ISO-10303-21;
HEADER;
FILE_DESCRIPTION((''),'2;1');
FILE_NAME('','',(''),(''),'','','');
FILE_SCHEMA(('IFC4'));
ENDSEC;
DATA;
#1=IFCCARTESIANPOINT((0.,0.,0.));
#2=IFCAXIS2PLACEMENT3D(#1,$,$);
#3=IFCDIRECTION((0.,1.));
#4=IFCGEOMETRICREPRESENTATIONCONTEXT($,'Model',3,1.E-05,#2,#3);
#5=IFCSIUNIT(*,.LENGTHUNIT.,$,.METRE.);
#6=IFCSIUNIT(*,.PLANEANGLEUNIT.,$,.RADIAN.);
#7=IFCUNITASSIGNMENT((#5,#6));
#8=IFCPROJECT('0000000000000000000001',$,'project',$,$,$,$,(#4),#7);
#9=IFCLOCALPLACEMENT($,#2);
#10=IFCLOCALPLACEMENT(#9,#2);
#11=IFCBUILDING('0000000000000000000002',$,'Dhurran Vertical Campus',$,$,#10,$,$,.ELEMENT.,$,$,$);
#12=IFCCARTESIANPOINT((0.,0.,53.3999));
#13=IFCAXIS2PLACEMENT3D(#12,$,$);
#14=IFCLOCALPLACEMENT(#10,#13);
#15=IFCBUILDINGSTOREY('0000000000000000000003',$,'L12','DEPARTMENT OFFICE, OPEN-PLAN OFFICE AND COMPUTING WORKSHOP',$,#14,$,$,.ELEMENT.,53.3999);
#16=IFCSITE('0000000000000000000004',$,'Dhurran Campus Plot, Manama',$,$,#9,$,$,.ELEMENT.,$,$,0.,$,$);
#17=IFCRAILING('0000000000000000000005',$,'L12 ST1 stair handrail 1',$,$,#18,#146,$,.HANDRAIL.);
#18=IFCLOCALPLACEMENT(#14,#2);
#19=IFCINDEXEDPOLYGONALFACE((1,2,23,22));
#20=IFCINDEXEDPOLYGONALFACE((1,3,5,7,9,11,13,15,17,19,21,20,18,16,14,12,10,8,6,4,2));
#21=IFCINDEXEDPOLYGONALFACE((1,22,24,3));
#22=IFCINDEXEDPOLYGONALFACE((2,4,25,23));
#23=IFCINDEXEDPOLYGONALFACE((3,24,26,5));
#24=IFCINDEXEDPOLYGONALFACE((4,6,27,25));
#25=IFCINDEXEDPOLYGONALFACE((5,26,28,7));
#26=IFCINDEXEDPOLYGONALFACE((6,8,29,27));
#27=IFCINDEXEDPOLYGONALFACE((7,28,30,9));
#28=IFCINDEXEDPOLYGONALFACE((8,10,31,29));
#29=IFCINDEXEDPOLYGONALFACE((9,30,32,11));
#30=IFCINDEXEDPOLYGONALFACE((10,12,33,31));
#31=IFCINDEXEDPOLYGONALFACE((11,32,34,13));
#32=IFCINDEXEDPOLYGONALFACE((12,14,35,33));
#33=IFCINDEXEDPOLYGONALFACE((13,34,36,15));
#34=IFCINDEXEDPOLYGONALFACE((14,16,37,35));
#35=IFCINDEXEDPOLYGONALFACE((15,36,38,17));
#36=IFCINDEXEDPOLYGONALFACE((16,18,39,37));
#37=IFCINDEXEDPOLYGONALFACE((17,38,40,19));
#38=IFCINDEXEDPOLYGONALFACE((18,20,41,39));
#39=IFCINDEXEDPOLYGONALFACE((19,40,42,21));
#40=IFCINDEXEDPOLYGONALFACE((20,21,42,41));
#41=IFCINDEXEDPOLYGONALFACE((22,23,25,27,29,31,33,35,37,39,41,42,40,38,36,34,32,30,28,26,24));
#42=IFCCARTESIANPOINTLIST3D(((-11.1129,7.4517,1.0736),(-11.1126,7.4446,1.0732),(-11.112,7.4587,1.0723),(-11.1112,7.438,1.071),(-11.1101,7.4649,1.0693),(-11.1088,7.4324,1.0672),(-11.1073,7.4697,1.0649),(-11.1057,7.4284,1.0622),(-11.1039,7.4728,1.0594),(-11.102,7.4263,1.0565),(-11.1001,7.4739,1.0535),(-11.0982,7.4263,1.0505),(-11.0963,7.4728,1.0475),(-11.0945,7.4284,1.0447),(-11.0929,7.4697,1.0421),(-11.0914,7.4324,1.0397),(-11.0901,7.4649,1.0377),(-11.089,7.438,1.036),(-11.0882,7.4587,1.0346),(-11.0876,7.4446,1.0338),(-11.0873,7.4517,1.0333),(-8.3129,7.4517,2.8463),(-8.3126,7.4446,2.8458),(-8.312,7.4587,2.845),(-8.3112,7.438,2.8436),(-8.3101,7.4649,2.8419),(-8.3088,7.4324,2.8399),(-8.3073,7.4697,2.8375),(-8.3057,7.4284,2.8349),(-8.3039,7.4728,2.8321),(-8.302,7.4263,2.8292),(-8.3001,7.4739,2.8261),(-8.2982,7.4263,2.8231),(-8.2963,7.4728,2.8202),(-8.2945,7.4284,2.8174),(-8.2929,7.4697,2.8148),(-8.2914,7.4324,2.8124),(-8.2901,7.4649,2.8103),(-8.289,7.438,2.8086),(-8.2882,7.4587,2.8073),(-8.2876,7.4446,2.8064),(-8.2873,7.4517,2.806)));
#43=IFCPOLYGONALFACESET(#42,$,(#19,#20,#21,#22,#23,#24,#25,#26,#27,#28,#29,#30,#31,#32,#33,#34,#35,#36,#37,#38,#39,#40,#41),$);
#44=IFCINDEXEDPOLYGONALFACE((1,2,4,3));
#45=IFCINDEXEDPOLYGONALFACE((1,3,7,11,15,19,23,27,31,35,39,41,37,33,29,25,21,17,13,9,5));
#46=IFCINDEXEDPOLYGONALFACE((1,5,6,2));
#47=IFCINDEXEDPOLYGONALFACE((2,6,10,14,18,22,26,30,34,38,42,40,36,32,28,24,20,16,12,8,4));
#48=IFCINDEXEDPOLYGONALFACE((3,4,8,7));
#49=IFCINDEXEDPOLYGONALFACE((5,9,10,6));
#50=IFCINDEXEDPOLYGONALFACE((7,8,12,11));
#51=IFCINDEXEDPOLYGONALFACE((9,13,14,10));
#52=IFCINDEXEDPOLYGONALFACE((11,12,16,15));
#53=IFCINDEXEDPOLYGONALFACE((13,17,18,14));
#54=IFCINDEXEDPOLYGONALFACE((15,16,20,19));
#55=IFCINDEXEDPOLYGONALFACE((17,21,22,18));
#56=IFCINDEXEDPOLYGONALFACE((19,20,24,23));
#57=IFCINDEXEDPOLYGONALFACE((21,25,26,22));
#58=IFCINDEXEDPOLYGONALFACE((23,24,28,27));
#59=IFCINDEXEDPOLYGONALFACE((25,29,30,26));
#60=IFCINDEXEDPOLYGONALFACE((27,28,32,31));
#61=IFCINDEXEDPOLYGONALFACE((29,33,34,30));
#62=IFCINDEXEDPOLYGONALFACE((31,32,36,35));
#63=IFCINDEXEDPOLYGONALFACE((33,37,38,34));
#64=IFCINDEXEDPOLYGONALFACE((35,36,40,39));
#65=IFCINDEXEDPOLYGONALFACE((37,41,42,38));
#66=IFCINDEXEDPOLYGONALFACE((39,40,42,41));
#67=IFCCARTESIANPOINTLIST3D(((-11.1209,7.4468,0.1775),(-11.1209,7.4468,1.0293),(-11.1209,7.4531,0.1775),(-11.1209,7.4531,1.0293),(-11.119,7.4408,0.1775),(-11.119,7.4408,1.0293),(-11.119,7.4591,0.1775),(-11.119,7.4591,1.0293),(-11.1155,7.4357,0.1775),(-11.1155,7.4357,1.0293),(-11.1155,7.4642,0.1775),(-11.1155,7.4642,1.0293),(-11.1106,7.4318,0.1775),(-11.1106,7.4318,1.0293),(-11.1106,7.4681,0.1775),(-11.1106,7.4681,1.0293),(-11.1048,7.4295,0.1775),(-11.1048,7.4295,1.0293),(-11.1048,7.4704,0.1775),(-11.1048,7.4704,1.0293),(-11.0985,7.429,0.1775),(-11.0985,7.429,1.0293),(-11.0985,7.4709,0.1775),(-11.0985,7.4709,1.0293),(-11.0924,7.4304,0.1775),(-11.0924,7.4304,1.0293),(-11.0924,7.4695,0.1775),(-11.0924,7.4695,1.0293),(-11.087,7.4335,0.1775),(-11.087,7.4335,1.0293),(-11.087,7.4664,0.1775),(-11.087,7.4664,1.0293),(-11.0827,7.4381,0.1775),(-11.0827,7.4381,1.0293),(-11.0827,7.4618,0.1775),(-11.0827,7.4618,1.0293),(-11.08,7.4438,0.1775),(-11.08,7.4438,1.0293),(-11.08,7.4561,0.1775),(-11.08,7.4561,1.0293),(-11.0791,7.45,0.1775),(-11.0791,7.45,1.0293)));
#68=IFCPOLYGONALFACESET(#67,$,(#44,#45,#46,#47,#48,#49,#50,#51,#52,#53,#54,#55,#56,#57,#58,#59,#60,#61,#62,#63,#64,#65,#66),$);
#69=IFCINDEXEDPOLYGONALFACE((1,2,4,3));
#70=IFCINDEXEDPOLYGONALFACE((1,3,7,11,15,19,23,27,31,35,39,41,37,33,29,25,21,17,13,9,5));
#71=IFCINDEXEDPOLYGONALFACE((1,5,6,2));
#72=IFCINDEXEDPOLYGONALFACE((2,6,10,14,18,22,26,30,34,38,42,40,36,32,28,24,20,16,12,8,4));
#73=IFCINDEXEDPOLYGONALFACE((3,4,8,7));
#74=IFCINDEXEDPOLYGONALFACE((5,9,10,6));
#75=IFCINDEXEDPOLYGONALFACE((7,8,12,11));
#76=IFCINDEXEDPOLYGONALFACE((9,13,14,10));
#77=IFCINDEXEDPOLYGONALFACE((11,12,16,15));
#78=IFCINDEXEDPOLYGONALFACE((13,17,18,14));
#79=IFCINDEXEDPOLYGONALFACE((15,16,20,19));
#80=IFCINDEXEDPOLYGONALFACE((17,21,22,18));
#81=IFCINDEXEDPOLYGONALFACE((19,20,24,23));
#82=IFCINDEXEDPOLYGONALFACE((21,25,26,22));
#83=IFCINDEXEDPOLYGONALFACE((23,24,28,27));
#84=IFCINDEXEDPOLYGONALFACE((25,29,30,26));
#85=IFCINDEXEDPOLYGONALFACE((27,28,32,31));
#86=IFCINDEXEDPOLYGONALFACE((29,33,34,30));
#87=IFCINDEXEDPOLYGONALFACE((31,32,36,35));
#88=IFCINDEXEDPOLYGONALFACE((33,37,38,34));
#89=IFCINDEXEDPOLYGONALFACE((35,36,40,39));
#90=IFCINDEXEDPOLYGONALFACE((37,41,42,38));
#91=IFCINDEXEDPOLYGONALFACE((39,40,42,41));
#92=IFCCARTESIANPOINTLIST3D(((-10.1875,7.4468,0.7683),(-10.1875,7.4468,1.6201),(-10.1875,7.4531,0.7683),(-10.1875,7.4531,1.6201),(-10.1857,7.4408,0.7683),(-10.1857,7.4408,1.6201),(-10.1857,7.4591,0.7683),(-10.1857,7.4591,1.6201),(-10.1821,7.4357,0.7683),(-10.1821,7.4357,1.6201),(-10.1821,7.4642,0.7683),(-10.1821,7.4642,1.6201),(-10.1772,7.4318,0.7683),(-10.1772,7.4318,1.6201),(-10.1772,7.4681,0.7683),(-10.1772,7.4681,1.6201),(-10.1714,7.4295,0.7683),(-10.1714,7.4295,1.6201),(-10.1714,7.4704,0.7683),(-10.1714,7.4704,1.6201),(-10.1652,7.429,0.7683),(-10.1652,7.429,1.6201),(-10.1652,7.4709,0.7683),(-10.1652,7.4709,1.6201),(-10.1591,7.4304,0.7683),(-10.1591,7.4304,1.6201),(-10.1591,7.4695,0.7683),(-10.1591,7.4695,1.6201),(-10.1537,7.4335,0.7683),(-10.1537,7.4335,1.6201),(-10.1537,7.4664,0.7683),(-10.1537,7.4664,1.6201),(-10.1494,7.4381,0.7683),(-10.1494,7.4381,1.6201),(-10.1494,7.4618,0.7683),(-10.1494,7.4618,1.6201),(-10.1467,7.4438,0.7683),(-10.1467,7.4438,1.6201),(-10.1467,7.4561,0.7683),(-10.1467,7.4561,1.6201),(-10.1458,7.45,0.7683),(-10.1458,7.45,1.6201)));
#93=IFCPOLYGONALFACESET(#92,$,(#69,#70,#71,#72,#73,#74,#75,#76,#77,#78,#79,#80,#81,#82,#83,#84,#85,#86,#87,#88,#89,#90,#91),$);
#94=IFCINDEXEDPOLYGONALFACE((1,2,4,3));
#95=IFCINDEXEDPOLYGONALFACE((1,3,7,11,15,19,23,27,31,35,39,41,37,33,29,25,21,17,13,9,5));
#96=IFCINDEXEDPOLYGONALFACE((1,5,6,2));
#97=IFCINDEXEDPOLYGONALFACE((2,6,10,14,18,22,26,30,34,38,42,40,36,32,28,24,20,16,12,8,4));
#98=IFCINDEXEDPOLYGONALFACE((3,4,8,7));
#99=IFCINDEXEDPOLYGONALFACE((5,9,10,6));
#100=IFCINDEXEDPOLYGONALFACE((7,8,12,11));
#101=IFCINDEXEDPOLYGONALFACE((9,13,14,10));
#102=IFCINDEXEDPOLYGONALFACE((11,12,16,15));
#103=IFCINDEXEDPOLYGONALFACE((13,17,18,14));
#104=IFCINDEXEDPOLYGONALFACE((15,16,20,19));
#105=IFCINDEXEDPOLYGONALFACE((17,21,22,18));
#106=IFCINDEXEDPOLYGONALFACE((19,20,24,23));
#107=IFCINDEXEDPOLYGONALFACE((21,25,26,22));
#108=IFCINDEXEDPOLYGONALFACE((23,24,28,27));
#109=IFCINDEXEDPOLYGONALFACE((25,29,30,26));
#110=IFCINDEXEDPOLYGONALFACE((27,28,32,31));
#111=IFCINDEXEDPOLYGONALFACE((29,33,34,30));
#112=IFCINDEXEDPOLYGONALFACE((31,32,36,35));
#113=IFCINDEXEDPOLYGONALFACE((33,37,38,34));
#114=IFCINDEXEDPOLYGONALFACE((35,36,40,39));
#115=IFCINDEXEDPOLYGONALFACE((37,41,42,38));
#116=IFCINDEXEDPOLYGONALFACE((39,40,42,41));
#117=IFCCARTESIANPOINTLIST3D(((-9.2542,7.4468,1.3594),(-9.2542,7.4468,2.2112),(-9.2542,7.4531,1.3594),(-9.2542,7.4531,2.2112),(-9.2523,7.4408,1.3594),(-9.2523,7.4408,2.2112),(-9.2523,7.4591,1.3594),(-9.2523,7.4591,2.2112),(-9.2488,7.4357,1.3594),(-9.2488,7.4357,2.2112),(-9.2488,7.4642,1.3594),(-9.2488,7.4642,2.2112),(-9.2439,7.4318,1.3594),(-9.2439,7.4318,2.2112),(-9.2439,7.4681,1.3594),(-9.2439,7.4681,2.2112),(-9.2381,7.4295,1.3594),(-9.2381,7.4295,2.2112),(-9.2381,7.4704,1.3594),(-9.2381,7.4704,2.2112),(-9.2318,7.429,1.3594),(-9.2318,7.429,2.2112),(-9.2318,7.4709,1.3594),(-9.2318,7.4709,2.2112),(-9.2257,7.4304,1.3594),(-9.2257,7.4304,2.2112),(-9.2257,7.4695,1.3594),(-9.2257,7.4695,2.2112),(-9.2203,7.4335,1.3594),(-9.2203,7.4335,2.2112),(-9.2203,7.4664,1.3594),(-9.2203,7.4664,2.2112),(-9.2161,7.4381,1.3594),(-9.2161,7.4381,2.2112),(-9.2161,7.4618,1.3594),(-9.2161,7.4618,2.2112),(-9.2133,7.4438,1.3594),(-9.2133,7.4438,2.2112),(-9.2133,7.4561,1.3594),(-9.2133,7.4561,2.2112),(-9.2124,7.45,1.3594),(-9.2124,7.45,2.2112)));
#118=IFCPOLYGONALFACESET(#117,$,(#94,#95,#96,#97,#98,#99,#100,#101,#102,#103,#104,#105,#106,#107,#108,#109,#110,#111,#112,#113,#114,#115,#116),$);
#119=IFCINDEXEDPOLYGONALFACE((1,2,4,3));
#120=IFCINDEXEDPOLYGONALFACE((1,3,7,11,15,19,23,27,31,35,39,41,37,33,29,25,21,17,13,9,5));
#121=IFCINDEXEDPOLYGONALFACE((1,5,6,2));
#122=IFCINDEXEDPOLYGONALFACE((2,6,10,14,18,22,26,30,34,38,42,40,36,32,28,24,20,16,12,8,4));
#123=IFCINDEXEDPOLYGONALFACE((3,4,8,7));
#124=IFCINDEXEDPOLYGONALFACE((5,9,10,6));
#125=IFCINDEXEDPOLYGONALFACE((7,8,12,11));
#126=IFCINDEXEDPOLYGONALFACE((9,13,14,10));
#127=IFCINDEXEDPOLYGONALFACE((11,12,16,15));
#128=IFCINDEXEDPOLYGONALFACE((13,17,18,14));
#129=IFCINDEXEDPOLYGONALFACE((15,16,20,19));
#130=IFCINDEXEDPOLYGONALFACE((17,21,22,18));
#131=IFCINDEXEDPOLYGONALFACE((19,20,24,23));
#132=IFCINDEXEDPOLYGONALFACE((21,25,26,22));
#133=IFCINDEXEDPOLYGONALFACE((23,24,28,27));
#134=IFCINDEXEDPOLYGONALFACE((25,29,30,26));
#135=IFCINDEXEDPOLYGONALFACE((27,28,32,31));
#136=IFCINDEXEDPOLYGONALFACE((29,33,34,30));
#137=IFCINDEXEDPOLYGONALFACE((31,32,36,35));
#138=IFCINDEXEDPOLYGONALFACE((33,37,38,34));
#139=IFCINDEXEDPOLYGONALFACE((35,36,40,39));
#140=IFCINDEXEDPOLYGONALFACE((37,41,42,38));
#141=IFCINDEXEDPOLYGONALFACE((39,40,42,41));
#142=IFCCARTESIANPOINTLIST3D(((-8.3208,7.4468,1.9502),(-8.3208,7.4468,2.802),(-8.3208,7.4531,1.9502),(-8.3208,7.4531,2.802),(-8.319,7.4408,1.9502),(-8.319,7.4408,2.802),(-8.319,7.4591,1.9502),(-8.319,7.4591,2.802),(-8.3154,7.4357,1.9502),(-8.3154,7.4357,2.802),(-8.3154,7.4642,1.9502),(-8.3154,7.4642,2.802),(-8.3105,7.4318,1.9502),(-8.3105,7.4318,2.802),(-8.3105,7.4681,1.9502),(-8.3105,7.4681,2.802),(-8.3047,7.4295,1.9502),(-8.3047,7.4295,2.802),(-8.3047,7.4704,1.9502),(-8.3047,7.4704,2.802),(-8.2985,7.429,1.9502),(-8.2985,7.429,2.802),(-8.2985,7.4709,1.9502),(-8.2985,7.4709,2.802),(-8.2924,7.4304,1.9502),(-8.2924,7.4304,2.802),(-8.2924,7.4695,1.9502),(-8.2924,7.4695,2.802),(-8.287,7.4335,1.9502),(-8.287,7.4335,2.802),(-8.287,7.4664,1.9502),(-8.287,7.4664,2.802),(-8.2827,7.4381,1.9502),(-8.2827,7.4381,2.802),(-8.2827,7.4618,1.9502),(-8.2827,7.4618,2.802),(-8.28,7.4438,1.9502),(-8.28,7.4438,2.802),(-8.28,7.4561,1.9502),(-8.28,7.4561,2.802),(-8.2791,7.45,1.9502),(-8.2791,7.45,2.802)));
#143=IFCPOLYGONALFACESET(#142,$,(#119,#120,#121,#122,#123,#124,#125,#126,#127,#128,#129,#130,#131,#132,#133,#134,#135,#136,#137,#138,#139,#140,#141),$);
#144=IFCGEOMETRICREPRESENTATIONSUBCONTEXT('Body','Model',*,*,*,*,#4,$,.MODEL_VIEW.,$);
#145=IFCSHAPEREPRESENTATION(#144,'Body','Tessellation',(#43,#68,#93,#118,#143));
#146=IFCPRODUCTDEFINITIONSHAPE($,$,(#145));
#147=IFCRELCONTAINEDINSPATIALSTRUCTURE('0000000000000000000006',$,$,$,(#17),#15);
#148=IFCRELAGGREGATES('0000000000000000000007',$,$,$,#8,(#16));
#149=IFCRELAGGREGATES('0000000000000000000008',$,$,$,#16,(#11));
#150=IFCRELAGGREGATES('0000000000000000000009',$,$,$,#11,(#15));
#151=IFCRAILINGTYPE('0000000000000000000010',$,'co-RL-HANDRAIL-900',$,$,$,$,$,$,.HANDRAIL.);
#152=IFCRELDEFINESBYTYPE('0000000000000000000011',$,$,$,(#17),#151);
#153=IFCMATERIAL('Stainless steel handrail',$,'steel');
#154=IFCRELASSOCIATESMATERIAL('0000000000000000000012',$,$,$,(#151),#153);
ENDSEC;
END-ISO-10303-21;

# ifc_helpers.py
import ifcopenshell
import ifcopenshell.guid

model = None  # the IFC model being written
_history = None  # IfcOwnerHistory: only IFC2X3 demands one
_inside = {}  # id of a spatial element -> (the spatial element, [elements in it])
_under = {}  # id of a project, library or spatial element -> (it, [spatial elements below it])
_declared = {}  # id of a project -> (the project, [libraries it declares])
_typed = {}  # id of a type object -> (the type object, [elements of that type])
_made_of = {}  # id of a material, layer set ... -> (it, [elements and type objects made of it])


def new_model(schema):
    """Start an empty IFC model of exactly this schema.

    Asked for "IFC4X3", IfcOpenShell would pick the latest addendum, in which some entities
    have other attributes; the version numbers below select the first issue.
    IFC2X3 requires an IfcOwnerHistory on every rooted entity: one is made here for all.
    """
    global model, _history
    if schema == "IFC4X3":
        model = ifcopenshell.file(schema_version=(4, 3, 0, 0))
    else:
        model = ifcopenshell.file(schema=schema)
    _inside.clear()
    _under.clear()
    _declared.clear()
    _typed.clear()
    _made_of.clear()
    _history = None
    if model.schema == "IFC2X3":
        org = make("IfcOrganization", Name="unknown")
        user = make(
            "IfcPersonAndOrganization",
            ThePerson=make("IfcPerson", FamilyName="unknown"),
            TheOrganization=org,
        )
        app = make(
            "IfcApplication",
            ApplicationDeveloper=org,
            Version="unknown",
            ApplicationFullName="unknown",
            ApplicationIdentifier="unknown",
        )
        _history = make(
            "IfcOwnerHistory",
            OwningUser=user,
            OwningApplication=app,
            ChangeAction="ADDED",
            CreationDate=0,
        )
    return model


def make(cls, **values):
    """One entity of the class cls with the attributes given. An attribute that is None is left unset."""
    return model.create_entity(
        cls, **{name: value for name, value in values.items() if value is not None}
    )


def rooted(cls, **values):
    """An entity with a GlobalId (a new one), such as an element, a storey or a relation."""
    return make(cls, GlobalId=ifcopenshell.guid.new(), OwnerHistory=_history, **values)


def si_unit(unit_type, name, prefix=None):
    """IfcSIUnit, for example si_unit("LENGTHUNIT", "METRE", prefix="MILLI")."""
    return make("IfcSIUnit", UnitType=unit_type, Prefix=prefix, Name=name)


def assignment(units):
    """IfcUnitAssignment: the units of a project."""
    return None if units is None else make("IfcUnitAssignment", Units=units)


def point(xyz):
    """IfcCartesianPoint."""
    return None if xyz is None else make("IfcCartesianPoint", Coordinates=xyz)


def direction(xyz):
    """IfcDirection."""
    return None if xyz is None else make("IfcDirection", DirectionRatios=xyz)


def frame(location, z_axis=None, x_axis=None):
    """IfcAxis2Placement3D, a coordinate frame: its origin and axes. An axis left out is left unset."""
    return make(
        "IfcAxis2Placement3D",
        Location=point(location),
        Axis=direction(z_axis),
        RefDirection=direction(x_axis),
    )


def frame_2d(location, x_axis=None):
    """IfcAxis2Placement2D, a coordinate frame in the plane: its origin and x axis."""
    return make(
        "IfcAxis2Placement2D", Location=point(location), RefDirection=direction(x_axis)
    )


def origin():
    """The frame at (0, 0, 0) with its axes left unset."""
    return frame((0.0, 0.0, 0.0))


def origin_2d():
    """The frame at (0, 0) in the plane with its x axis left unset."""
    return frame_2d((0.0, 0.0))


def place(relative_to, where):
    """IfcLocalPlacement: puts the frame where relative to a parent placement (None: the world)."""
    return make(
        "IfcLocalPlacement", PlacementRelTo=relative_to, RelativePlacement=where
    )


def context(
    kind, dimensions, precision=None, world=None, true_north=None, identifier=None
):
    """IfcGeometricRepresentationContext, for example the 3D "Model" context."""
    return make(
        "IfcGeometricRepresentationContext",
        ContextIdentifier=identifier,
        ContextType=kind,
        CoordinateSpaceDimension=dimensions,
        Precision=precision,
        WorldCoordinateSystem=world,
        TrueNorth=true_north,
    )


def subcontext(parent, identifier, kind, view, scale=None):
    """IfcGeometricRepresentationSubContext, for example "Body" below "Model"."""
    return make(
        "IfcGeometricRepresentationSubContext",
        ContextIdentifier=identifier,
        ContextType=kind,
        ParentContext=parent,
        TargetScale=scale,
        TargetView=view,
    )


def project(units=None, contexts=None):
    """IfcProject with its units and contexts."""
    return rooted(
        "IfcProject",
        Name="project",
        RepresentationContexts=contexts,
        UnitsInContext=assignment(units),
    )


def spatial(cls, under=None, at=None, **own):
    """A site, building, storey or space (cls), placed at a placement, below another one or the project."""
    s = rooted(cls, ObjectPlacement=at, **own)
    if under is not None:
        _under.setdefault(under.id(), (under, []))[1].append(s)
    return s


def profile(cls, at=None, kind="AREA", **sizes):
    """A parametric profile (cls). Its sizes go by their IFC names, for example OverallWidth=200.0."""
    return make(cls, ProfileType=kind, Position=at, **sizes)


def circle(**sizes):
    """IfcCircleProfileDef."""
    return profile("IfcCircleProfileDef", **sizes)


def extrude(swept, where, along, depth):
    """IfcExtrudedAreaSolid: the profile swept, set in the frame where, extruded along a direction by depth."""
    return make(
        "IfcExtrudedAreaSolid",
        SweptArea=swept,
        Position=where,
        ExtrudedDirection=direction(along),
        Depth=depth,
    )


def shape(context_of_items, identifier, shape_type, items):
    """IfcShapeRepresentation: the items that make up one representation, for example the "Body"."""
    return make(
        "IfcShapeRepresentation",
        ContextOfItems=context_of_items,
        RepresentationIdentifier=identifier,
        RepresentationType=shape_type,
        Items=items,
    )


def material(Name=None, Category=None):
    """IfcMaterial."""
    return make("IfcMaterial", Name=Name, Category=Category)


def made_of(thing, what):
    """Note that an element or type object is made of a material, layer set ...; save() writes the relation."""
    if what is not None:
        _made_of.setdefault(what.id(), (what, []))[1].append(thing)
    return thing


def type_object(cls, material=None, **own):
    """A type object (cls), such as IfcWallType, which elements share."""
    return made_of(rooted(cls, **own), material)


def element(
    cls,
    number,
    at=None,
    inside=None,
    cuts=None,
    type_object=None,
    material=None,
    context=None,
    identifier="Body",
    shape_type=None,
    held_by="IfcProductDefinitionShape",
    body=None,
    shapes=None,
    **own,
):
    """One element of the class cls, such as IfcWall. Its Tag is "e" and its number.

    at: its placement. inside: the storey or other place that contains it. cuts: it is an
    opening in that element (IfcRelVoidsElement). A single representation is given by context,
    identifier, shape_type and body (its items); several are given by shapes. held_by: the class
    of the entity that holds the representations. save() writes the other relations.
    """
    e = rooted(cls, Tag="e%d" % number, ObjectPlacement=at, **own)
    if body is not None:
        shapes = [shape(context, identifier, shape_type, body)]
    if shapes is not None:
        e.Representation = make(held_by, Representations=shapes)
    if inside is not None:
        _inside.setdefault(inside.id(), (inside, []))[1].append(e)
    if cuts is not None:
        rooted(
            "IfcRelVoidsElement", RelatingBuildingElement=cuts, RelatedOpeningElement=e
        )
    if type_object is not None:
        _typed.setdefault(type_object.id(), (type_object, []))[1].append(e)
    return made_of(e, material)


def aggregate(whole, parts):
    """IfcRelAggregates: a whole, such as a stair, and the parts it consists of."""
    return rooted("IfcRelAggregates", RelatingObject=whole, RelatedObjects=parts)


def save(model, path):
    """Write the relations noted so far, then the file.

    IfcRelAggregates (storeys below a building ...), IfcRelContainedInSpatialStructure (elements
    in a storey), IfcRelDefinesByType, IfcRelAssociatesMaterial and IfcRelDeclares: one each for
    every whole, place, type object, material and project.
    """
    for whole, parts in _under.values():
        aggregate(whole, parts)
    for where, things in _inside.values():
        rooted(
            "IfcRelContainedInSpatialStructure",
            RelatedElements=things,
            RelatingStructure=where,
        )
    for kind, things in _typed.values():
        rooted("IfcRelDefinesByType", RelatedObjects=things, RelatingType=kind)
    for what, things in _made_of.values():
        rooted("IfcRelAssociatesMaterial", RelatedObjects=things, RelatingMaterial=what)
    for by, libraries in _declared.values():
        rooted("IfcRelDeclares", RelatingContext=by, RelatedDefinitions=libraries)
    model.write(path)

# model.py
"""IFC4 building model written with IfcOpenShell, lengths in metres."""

from ifc_helpers import new_model, si_unit, direction, frame, origin, origin_2d, place, context, subcontext, project, spatial, circle, extrude, material, type_object, element, save


model = new_model("IFC4")

# Units and contexts
model_context = context("Model", 3, precision=1e-05, world=origin(), true_north=direction((0.0, 1.0)))
body_context = subcontext(model_context, "Body", "Model", "MODEL_VIEW")
ifc_project = project(units=[si_unit("LENGTHUNIT", "METRE"), si_unit("PLANEANGLEUNIT", "RADIAN")], contexts=[model_context])

# Site, building, storey
site_placement = place(None, origin())
site = spatial("IfcSite", under=ifc_project, at=site_placement, Name="Dhurran Campus Plot, Manama", CompositionType="ELEMENT", RefElevation=0.0)
building_placement = place(site_placement, origin())
building = spatial("IfcBuilding", under=site, at=building_placement, Name="Dhurran Vertical Campus", CompositionType="ELEMENT")
storey_placement = place(building_placement, frame((0.0, 0.0, 53.3999)))
storey = spatial("IfcBuildingStorey", under=building, at=storey_placement, Name="L12", Description="DEPARTMENT OFFICE, OPEN-PLAN OFFICE AND COMPUTING WORKSHOP", CompositionType="ELEMENT", Elevation=53.3999)

# Railing
ifc_material_1 = material(Name="Stainless steel handrail", Category="steel")
railing_type_1 = type_object("IfcRailingType", Name="co-RL-HANDRAIL-900", PredefinedType="HANDRAIL", material=ifc_material_1)
railing_1_placement = place(storey_placement, frame((-11.1001, 7.45, 0.1775)))
element("IfcRailing", 1, at=railing_1_placement, inside=storey, type_object=railing_type_1, Name="L12 ST1 stair handrail 1", PredefinedType="HANDRAIL", context=body_context, shape_type="SweptSolid", body=[
    extrude(circle(Radius=0.0239, at=origin_2d()), frame((0.0, 0.0, 0.876), z_axis=(0.844909, 0.0, 0.53491), x_axis=(0.0, 1.0, 0.0)), (0.0, 0.0, 1.0), 3.314),
    extrude(circle(Radius=0.021, at=origin_2d()), origin(), (0.0, 0.0, 1.0), 0.8518),
    extrude(circle(Radius=0.021, at=origin_2d()), frame((0.9333, 0.0, 0.5908)), (0.0, 0.0, 1.0), 0.8518),
    extrude(circle(Radius=0.021, at=origin_2d()), frame((1.8667, 0.0, 1.1819)), (0.0, 0.0, 1.0), 0.8518),
    extrude(circle(Radius=0.021, at=origin_2d()), frame((2.8, 0.0, 1.7727)), (0.0, 0.0, 1.0), 0.8518),
])

save(model, "model.ifc")
